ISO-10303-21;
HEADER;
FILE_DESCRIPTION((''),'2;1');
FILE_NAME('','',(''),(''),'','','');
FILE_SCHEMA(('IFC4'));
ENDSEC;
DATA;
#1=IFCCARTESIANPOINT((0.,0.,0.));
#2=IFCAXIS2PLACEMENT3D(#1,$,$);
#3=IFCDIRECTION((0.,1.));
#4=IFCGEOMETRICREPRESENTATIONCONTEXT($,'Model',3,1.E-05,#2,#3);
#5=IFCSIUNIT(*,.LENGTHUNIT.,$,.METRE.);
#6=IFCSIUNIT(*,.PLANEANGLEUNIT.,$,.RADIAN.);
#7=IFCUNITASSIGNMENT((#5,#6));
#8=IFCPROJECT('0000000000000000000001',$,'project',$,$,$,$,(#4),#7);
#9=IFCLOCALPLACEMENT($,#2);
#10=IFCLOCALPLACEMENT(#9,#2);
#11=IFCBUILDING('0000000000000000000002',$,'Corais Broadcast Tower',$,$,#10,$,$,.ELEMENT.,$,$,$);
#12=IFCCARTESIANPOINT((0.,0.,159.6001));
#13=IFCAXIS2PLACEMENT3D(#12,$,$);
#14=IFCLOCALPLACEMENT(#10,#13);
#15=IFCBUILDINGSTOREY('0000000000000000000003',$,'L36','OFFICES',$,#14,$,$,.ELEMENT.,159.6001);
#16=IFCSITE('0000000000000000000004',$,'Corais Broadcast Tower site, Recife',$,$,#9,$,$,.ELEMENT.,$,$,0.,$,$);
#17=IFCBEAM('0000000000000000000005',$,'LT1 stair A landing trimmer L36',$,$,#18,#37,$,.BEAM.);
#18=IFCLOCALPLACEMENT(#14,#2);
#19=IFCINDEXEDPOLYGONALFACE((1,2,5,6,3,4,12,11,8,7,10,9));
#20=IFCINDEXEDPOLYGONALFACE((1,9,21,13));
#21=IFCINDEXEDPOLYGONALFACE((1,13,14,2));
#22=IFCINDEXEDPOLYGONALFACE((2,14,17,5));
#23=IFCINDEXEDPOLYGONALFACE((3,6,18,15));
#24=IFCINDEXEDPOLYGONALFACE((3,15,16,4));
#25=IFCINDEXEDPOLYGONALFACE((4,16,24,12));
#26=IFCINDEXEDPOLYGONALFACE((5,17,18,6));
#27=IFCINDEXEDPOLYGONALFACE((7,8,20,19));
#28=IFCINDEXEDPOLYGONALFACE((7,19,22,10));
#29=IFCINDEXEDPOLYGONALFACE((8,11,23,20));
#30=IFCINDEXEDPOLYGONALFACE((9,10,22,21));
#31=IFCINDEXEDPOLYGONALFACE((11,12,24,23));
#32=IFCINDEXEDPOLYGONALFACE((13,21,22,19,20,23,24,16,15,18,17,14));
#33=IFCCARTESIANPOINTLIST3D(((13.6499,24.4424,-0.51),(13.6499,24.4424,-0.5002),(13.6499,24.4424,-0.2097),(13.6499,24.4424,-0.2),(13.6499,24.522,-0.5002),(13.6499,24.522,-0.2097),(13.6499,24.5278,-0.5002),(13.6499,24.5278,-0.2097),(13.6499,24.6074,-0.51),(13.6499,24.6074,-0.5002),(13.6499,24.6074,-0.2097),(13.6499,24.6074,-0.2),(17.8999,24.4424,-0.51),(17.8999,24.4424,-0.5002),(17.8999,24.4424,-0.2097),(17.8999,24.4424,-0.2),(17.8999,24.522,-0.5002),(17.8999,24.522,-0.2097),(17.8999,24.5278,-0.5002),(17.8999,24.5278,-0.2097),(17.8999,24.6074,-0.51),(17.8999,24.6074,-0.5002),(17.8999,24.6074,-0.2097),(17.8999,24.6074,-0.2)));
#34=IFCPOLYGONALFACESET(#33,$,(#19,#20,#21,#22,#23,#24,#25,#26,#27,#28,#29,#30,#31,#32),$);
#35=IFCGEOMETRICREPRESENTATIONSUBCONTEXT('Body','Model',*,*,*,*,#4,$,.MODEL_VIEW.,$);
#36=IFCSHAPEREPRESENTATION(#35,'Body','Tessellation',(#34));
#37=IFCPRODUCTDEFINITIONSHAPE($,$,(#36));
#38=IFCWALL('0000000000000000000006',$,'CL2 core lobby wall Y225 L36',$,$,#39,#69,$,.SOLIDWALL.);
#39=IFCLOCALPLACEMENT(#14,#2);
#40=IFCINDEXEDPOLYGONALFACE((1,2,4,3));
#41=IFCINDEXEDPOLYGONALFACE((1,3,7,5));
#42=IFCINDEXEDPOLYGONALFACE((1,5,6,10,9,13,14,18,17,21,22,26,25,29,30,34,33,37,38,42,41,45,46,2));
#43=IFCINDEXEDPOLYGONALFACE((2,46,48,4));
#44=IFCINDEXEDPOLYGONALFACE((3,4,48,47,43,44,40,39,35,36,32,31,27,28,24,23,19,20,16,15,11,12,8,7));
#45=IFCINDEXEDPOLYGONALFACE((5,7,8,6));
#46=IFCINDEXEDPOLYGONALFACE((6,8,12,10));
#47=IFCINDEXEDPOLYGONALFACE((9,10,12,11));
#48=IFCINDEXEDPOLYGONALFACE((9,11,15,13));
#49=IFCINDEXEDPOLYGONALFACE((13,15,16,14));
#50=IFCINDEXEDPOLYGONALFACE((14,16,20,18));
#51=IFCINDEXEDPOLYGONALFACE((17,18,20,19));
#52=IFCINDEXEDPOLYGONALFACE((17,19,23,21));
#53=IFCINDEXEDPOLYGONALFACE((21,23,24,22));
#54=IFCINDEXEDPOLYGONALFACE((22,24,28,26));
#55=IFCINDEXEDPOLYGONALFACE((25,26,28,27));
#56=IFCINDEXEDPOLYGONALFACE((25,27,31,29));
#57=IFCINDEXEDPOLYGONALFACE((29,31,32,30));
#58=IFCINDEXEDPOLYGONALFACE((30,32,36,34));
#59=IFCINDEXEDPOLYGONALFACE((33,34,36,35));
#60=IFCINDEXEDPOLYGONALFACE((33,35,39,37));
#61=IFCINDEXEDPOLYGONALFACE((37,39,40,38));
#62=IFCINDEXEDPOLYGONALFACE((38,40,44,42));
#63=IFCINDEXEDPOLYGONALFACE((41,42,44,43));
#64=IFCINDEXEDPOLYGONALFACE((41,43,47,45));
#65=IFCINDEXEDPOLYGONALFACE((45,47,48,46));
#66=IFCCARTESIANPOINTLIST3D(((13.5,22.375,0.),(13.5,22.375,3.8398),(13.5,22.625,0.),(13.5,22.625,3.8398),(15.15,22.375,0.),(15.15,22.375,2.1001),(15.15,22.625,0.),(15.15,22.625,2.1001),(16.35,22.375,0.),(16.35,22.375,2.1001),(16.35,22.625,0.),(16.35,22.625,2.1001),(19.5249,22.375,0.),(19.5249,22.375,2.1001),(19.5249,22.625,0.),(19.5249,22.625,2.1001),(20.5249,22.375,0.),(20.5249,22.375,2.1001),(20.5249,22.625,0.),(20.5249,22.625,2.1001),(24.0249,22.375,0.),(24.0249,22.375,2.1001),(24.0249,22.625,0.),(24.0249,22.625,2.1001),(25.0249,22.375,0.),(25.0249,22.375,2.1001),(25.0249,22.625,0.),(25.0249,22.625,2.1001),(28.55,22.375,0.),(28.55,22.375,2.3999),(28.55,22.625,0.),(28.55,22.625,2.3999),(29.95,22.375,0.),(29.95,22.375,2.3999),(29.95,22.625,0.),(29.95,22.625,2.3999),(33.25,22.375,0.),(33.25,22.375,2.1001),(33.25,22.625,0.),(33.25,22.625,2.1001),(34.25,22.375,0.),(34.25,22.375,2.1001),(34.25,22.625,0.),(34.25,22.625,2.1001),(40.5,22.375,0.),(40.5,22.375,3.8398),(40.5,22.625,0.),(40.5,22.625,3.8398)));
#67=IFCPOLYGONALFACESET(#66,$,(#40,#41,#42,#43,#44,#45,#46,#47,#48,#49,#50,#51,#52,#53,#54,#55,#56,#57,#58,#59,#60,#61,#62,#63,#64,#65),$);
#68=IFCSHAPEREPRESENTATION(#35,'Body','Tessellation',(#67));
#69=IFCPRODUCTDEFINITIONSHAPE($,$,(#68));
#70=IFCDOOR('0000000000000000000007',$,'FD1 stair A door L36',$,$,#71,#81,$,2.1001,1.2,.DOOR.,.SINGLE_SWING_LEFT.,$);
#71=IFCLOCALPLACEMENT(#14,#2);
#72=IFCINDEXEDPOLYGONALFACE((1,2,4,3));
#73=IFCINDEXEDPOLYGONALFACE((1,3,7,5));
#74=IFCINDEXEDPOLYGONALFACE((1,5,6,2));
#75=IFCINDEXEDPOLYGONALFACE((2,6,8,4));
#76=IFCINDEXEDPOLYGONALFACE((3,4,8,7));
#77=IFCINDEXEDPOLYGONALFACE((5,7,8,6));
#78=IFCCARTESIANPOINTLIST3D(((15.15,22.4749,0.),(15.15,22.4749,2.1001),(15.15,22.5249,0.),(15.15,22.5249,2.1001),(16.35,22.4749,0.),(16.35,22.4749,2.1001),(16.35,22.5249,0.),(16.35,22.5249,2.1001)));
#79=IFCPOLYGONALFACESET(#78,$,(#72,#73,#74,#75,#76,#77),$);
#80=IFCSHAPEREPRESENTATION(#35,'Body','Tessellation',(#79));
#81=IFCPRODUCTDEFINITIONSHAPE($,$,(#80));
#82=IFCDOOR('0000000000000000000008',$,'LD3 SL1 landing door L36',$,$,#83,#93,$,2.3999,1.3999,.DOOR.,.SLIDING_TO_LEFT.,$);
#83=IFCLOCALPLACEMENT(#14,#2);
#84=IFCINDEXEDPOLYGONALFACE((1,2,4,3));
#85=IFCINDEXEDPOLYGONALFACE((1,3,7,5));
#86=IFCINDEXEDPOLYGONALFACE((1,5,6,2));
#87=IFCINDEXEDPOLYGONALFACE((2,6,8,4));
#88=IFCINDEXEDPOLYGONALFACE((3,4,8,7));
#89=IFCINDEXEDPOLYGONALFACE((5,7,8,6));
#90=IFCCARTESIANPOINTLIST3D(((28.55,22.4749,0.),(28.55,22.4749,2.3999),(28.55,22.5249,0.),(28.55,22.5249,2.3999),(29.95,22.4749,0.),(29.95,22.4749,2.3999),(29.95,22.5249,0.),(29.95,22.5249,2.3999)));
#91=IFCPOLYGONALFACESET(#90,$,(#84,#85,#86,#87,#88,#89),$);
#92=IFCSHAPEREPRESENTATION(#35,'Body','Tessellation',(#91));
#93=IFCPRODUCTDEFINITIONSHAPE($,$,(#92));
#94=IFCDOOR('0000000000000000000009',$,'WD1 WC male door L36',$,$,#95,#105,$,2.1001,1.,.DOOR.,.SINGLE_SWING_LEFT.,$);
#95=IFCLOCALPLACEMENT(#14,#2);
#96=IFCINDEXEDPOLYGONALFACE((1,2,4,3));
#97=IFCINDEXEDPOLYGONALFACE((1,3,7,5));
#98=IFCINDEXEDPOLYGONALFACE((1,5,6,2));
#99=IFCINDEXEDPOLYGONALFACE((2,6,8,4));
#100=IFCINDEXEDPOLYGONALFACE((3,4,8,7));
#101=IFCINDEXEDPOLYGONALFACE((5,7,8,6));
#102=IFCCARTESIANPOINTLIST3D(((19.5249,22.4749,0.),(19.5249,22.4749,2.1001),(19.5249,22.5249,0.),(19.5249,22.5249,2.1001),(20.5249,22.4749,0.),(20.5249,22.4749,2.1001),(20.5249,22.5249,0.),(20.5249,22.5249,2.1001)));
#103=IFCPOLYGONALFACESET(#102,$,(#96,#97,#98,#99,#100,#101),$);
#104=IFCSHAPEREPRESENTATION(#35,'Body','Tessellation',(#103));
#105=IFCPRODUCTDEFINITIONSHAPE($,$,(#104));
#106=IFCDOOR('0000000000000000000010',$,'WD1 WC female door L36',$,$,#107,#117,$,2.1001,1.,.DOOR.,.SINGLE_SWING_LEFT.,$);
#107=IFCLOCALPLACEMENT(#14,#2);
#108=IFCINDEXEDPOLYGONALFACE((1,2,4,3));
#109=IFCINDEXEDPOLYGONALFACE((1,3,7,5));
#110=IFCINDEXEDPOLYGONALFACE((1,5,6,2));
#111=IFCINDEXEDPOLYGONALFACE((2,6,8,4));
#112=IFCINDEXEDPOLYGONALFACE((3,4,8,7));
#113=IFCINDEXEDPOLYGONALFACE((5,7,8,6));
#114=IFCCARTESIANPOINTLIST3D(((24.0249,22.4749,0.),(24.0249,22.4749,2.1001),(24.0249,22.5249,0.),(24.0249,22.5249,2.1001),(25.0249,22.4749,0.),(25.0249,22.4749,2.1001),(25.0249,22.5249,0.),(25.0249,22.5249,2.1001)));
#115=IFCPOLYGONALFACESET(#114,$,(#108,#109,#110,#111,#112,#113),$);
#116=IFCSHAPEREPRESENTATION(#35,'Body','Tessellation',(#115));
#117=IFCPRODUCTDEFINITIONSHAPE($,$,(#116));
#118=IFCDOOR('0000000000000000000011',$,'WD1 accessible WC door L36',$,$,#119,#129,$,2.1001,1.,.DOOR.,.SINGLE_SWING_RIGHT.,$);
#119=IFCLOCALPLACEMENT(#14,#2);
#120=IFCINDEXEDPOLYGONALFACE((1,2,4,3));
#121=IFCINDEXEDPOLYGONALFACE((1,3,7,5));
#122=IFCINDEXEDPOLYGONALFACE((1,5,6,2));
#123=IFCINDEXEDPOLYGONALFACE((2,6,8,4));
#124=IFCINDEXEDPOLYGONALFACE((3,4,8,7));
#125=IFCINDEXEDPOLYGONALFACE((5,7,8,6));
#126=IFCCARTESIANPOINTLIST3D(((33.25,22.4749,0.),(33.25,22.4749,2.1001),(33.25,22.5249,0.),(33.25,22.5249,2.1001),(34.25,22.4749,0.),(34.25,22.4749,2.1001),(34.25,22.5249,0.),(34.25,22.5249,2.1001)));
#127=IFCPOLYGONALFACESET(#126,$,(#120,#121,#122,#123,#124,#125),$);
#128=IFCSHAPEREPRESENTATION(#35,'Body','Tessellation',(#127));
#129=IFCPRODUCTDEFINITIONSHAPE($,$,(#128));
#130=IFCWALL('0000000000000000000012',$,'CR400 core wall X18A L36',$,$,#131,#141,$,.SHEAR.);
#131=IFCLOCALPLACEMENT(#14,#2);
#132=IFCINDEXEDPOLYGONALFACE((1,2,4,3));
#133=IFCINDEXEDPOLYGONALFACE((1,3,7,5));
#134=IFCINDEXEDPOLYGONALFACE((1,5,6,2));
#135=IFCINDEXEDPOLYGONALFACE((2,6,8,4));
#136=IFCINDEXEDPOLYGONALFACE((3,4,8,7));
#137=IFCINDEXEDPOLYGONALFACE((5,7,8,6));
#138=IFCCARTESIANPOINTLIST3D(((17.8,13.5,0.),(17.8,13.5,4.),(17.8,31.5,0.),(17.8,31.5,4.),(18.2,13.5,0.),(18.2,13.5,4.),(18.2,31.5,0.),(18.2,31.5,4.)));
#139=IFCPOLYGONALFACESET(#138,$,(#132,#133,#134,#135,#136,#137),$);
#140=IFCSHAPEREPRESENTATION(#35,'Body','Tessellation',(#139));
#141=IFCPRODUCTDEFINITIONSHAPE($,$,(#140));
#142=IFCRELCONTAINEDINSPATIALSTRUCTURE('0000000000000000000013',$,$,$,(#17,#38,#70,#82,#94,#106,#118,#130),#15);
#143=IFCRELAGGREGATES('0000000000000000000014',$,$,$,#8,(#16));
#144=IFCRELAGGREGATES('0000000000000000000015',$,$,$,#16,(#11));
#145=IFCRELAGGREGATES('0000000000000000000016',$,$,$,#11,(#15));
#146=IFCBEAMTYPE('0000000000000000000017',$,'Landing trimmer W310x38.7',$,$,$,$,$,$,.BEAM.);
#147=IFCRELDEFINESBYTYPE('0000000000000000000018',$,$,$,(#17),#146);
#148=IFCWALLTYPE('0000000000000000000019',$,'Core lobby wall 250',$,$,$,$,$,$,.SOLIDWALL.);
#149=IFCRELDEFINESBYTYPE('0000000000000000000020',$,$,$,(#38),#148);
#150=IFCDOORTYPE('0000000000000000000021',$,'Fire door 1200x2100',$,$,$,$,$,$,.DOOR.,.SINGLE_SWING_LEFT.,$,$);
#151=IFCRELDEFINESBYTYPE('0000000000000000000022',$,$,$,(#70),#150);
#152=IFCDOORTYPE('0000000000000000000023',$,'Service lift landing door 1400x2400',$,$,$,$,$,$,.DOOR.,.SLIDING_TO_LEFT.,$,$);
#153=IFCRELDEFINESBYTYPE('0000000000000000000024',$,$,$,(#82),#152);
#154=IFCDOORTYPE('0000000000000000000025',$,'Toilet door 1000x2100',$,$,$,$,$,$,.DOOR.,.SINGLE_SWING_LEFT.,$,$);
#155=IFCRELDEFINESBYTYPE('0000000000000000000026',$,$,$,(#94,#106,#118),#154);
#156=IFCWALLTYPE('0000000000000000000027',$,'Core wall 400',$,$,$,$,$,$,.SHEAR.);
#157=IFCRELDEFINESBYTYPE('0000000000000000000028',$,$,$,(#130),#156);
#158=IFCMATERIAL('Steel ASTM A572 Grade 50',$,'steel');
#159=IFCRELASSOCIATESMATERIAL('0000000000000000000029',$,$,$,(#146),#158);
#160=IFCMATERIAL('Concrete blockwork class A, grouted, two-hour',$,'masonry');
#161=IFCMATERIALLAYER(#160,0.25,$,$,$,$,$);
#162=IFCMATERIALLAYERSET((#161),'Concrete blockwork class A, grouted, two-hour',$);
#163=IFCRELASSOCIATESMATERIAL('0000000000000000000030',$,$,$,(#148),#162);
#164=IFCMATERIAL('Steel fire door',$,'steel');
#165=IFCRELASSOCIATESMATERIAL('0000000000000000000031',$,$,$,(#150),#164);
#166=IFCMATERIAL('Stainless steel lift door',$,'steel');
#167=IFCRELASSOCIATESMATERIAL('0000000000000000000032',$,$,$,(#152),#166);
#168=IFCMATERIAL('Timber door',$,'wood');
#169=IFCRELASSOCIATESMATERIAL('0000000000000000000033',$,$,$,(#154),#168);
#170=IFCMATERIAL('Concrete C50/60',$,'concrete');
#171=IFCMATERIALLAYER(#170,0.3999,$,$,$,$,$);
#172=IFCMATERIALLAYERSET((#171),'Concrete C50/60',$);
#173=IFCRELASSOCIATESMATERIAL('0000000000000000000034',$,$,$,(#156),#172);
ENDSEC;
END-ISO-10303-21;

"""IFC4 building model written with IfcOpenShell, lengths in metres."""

from ifc_helpers import new_model, si_unit, direction, frame, frame_2d, origin, origin_2d, place, context, subcontext, project, spatial, rectangle, i_section, extrude, material, layer, layer_set, material_profile, profile_set, type_object, element, fill, save


model = new_model("IFC4")

# Units and contexts
model_context = context("Model", 3, precision=1e-05, world=origin(), true_north=direction((0.0, 1.0)))
body_context = subcontext(model_context, "Body", "Model", "MODEL_VIEW")
ifc_project = project(units=[si_unit("LENGTHUNIT", "METRE"), si_unit("PLANEANGLEUNIT", "RADIAN")], contexts=[model_context])

# Site, building, storey
site_placement = place(None, origin())
site = spatial("IfcSite", under=ifc_project, at=site_placement, Name="Corais Broadcast Tower site, Recife", CompositionType="ELEMENT", RefElevation=0.0)
building_placement = place(site_placement, origin())
building = spatial("IfcBuilding", under=site, at=building_placement, Name="Corais Broadcast Tower", CompositionType="ELEMENT")
storey_placement = place(building_placement, frame((0.0, 0.0, 159.6001)))
storey = spatial("IfcBuildingStorey", under=building, at=storey_placement, Name="L36", Description="OFFICES", CompositionType="ELEMENT", Elevation=159.6001)

# Beam
ifc_material_1 = material(Name="Steel ASTM A572 Grade 50", Category="steel")
ifc_material_profile = material_profile(ifc_material_1, i_section(OverallWidth=0.165, OverallDepth=0.3101, WebThickness=0.0059, FlangeThickness=0.0098, at=origin_2d()), Name="W310x38.7")
ifc_profile_set = profile_set([ifc_material_profile], Name="Steel ASTM A572 Grade 50")
beam_type = type_object("IfcBeamType", Name="Landing trimmer W310x38.7", PredefinedType="BEAM", material=ifc_profile_set)
beam_placement = place(storey_placement, frame((13.6499, 24.5249, -0.355), z_axis=(1.0, 0.0, 0.0), x_axis=(0.0, 1.0, 0.0)))
element("IfcBeam", 1, at=beam_placement, inside=storey, type_object=beam_type, Name="LT1 stair A landing trimmer L36", PredefinedType="BEAM", context=body_context, shape_type="SweptSolid", body=[
    extrude(i_section(OverallWidth=0.165, OverallDepth=0.3101, WebThickness=0.0059, FlangeThickness=0.0098, at=origin_2d()), origin(), (0.0, 0.0, 1.0), 4.25),
])

# Wall, openings, doors
ifc_material_2 = material(Name="Concrete blockwork class A, grouted, two-hour", Category="masonry")
ifc_layer_1 = layer(ifc_material_2, 0.25)
ifc_layer_set_1 = layer_set([ifc_layer_1], Name="Concrete blockwork class A, grouted, two-hour")
wall_type_1 = type_object("IfcWallType", Name="Core lobby wall 250", PredefinedType="SOLIDWALL", material=ifc_layer_set_1)
wall_1_placement = place(storey_placement, frame((13.5, 22.5, 0.0), z_axis=(0.0, 0.0, 1.0), x_axis=(1.0, 0.0, 0.0)))
wall_1 = element("IfcWall", 2, at=wall_1_placement, inside=storey, type_object=wall_type_1, Name="CL2 core lobby wall Y225 L36", PredefinedType="SOLIDWALL", context=body_context, shape_type="SweptSolid", body=[
    extrude(rectangle(XDim=27.0, YDim=0.25, at=frame_2d((13.5, 0.0))), origin(), (0.0, 0.0, 1.0), 3.8398),
])
opening_1_placement = place(wall_1_placement, frame((1.6499, 0.0, 0.0)))
opening_1 = element("IfcOpeningElement", 3, at=opening_1_placement, cuts=wall_1, PredefinedType="OPENING", context=body_context, shape_type="SweptSolid", body=[
    extrude(rectangle(XDim=1.2, YDim=2.1001, at=frame_2d((0.6001, 1.05))), frame((0.0, 0.135, 0.0), z_axis=(0.0, -1.0, 0.0), x_axis=(1.0, 0.0, 0.0)), (0.0, 0.0, 1.0), 0.27),
])
opening_2_placement = place(wall_1_placement, frame((6.0249, 0.0, 0.0)))
opening_2 = element("IfcOpeningElement", 4, at=opening_2_placement, cuts=wall_1, PredefinedType="OPENING", context=body_context, shape_type="SweptSolid", body=[
    extrude(rectangle(XDim=1.0, YDim=2.1001, at=frame_2d((0.5, 1.05))), frame((0.0, 0.135, 0.0), z_axis=(0.0, -1.0, 0.0), x_axis=(1.0, 0.0, 0.0)), (0.0, 0.0, 1.0), 0.27),
])
opening_3_placement = place(wall_1_placement, frame((10.5249, 0.0, 0.0)))
opening_3 = element("IfcOpeningElement", 5, at=opening_3_placement, cuts=wall_1, PredefinedType="OPENING", context=body_context, shape_type="SweptSolid", body=[
    extrude(rectangle(XDim=1.0, YDim=2.1001, at=frame_2d((0.5, 1.05))), frame((0.0, 0.135, 0.0), z_axis=(0.0, -1.0, 0.0), x_axis=(1.0, 0.0, 0.0)), (0.0, 0.0, 1.0), 0.27),
])
opening_4_placement = place(wall_1_placement, frame((19.75, 0.0, 0.0)))
opening_4 = element("IfcOpeningElement", 6, at=opening_4_placement, cuts=wall_1, PredefinedType="OPENING", context=body_context, shape_type="SweptSolid", body=[
    extrude(rectangle(XDim=1.0, YDim=2.1001, at=frame_2d((0.5, 1.05))), frame((0.0, 0.135, 0.0), z_axis=(0.0, -1.0, 0.0), x_axis=(1.0, 0.0, 0.0)), (0.0, 0.0, 1.0), 0.27),
])
opening_5_placement = place(wall_1_placement, frame((15.05, 0.0, 0.0)))
opening_5 = element("IfcOpeningElement", 7, at=opening_5_placement, cuts=wall_1, PredefinedType="OPENING", context=body_context, shape_type="SweptSolid", body=[
    extrude(rectangle(XDim=1.3999, YDim=2.3999, at=frame_2d((0.7, 1.2))), frame((0.0, 0.135, 0.0), z_axis=(0.0, -1.0, 0.0), x_axis=(1.0, 0.0, 0.0)), (0.0, 0.0, 1.0), 0.27),
])
ifc_material_3 = material(Name="Steel fire door", Category="steel")
door_type_1 = type_object("IfcDoorType", Name="Fire door 1200x2100", OperationType="SINGLE_SWING_LEFT", PredefinedType="DOOR", material=ifc_material_3)
door_1_placement = place(opening_1_placement, origin())
door_1 = element("IfcDoor", 8, at=door_1_placement, inside=storey, type_object=door_type_1, Name="FD1 stair A door L36", OperationType="SINGLE_SWING_LEFT", OverallHeight=2.1001, OverallWidth=1.2, PredefinedType="DOOR", context=body_context, shape_type="SweptSolid", body=[
    extrude(rectangle(XDim=1.2, YDim=2.1001, at=frame_2d((0.6001, 1.05))), frame((0.0, 0.0249, 0.0), z_axis=(0.0, -1.0, 0.0), x_axis=(1.0, 0.0, 0.0)), (0.0, 0.0, 1.0), 0.05),
])
fill(opening_1, door_1)
ifc_material_4 = material(Name="Stainless steel lift door", Category="steel")
door_type_2 = type_object("IfcDoorType", Name="Service lift landing door 1400x2400", OperationType="SLIDING_TO_LEFT", PredefinedType="DOOR", material=ifc_material_4)
door_2_placement = place(opening_5_placement, origin())
door_2 = element("IfcDoor", 9, at=door_2_placement, inside=storey, type_object=door_type_2, Name="LD3 SL1 landing door L36", OperationType="SLIDING_TO_LEFT", OverallHeight=2.3999, OverallWidth=1.3999, PredefinedType="DOOR", context=body_context, shape_type="SweptSolid", body=[
    extrude(rectangle(XDim=1.3999, YDim=2.3999, at=frame_2d((0.7, 1.2))), frame((0.0, 0.0249, 0.0), z_axis=(0.0, -1.0, 0.0), x_axis=(1.0, 0.0, 0.0)), (0.0, 0.0, 1.0), 0.05),
])
fill(opening_5, door_2)
ifc_material_5 = material(Name="Timber door", Category="wood")
door_type_3 = type_object("IfcDoorType", Name="Toilet door 1000x2100", OperationType="SINGLE_SWING_LEFT", PredefinedType="DOOR", material=ifc_material_5)
door_3_placement = place(opening_2_placement, origin())
door_3 = element("IfcDoor", 10, at=door_3_placement, inside=storey, type_object=door_type_3, Name="WD1 WC male door L36", OperationType="SINGLE_SWING_LEFT", OverallHeight=2.1001, OverallWidth=1.0, PredefinedType="DOOR", context=body_context, shape_type="SweptSolid", body=[
    extrude(rectangle(XDim=1.0, YDim=2.1001, at=frame_2d((0.5, 1.05))), frame((0.0, 0.0249, 0.0), z_axis=(0.0, -1.0, 0.0), x_axis=(1.0, 0.0, 0.0)), (0.0, 0.0, 1.0), 0.05),
])
fill(opening_2, door_3)
door_4_placement = place(opening_3_placement, origin())
door_4 = element("IfcDoor", 11, at=door_4_placement, inside=storey, type_object=door_type_3, Name="WD1 WC female door L36", OperationType="SINGLE_SWING_LEFT", OverallHeight=2.1001, OverallWidth=1.0, PredefinedType="DOOR", context=body_context, shape_type="SweptSolid", body=[
    extrude(rectangle(XDim=1.0, YDim=2.1001, at=frame_2d((0.5, 1.05))), frame((0.0, 0.0249, 0.0), z_axis=(0.0, -1.0, 0.0), x_axis=(1.0, 0.0, 0.0)), (0.0, 0.0, 1.0), 0.05),
])
fill(opening_3, door_4)
door_5_placement = place(opening_4_placement, origin())
door_5 = element("IfcDoor", 12, at=door_5_placement, inside=storey, type_object=door_type_3, Name="WD1 accessible WC door L36", OperationType="SINGLE_SWING_RIGHT", OverallHeight=2.1001, OverallWidth=1.0, PredefinedType="DOOR", context=body_context, shape_type="SweptSolid", body=[
    extrude(rectangle(XDim=1.0, YDim=2.1001, at=frame_2d((0.5, 1.05))), frame((0.0, 0.0249, 0.0), z_axis=(0.0, -1.0, 0.0), x_axis=(1.0, 0.0, 0.0)), (0.0, 0.0, 1.0), 0.05),
])
fill(opening_4, door_5)

# Wall
ifc_material_6 = material(Name="Concrete C50/60", Category="concrete")
ifc_layer_2 = layer(ifc_material_6, 0.3999)
ifc_layer_set_2 = layer_set([ifc_layer_2], Name="Concrete C50/60")
wall_type_2 = type_object("IfcWallType", Name="Core wall 400", PredefinedType="SHEAR", material=ifc_layer_set_2)
wall_2_placement = place(storey_placement, frame((18.0, 13.5, 0.0), z_axis=(0.0, 0.0, 1.0), x_axis=(0.0, 1.0, 0.0)))
element("IfcWall", 13, at=wall_2_placement, inside=storey, type_object=wall_type_2, Name="CR400 core wall X18A L36", PredefinedType="SHEAR", context=body_context, shape_type="SweptSolid", body=[
    extrude(rectangle(XDim=18.0, YDim=0.3999, at=frame_2d((9.0, 0.0))), origin(), (0.0, 0.0, 1.0), 4.0),
])

save(model, "model.ifc")
